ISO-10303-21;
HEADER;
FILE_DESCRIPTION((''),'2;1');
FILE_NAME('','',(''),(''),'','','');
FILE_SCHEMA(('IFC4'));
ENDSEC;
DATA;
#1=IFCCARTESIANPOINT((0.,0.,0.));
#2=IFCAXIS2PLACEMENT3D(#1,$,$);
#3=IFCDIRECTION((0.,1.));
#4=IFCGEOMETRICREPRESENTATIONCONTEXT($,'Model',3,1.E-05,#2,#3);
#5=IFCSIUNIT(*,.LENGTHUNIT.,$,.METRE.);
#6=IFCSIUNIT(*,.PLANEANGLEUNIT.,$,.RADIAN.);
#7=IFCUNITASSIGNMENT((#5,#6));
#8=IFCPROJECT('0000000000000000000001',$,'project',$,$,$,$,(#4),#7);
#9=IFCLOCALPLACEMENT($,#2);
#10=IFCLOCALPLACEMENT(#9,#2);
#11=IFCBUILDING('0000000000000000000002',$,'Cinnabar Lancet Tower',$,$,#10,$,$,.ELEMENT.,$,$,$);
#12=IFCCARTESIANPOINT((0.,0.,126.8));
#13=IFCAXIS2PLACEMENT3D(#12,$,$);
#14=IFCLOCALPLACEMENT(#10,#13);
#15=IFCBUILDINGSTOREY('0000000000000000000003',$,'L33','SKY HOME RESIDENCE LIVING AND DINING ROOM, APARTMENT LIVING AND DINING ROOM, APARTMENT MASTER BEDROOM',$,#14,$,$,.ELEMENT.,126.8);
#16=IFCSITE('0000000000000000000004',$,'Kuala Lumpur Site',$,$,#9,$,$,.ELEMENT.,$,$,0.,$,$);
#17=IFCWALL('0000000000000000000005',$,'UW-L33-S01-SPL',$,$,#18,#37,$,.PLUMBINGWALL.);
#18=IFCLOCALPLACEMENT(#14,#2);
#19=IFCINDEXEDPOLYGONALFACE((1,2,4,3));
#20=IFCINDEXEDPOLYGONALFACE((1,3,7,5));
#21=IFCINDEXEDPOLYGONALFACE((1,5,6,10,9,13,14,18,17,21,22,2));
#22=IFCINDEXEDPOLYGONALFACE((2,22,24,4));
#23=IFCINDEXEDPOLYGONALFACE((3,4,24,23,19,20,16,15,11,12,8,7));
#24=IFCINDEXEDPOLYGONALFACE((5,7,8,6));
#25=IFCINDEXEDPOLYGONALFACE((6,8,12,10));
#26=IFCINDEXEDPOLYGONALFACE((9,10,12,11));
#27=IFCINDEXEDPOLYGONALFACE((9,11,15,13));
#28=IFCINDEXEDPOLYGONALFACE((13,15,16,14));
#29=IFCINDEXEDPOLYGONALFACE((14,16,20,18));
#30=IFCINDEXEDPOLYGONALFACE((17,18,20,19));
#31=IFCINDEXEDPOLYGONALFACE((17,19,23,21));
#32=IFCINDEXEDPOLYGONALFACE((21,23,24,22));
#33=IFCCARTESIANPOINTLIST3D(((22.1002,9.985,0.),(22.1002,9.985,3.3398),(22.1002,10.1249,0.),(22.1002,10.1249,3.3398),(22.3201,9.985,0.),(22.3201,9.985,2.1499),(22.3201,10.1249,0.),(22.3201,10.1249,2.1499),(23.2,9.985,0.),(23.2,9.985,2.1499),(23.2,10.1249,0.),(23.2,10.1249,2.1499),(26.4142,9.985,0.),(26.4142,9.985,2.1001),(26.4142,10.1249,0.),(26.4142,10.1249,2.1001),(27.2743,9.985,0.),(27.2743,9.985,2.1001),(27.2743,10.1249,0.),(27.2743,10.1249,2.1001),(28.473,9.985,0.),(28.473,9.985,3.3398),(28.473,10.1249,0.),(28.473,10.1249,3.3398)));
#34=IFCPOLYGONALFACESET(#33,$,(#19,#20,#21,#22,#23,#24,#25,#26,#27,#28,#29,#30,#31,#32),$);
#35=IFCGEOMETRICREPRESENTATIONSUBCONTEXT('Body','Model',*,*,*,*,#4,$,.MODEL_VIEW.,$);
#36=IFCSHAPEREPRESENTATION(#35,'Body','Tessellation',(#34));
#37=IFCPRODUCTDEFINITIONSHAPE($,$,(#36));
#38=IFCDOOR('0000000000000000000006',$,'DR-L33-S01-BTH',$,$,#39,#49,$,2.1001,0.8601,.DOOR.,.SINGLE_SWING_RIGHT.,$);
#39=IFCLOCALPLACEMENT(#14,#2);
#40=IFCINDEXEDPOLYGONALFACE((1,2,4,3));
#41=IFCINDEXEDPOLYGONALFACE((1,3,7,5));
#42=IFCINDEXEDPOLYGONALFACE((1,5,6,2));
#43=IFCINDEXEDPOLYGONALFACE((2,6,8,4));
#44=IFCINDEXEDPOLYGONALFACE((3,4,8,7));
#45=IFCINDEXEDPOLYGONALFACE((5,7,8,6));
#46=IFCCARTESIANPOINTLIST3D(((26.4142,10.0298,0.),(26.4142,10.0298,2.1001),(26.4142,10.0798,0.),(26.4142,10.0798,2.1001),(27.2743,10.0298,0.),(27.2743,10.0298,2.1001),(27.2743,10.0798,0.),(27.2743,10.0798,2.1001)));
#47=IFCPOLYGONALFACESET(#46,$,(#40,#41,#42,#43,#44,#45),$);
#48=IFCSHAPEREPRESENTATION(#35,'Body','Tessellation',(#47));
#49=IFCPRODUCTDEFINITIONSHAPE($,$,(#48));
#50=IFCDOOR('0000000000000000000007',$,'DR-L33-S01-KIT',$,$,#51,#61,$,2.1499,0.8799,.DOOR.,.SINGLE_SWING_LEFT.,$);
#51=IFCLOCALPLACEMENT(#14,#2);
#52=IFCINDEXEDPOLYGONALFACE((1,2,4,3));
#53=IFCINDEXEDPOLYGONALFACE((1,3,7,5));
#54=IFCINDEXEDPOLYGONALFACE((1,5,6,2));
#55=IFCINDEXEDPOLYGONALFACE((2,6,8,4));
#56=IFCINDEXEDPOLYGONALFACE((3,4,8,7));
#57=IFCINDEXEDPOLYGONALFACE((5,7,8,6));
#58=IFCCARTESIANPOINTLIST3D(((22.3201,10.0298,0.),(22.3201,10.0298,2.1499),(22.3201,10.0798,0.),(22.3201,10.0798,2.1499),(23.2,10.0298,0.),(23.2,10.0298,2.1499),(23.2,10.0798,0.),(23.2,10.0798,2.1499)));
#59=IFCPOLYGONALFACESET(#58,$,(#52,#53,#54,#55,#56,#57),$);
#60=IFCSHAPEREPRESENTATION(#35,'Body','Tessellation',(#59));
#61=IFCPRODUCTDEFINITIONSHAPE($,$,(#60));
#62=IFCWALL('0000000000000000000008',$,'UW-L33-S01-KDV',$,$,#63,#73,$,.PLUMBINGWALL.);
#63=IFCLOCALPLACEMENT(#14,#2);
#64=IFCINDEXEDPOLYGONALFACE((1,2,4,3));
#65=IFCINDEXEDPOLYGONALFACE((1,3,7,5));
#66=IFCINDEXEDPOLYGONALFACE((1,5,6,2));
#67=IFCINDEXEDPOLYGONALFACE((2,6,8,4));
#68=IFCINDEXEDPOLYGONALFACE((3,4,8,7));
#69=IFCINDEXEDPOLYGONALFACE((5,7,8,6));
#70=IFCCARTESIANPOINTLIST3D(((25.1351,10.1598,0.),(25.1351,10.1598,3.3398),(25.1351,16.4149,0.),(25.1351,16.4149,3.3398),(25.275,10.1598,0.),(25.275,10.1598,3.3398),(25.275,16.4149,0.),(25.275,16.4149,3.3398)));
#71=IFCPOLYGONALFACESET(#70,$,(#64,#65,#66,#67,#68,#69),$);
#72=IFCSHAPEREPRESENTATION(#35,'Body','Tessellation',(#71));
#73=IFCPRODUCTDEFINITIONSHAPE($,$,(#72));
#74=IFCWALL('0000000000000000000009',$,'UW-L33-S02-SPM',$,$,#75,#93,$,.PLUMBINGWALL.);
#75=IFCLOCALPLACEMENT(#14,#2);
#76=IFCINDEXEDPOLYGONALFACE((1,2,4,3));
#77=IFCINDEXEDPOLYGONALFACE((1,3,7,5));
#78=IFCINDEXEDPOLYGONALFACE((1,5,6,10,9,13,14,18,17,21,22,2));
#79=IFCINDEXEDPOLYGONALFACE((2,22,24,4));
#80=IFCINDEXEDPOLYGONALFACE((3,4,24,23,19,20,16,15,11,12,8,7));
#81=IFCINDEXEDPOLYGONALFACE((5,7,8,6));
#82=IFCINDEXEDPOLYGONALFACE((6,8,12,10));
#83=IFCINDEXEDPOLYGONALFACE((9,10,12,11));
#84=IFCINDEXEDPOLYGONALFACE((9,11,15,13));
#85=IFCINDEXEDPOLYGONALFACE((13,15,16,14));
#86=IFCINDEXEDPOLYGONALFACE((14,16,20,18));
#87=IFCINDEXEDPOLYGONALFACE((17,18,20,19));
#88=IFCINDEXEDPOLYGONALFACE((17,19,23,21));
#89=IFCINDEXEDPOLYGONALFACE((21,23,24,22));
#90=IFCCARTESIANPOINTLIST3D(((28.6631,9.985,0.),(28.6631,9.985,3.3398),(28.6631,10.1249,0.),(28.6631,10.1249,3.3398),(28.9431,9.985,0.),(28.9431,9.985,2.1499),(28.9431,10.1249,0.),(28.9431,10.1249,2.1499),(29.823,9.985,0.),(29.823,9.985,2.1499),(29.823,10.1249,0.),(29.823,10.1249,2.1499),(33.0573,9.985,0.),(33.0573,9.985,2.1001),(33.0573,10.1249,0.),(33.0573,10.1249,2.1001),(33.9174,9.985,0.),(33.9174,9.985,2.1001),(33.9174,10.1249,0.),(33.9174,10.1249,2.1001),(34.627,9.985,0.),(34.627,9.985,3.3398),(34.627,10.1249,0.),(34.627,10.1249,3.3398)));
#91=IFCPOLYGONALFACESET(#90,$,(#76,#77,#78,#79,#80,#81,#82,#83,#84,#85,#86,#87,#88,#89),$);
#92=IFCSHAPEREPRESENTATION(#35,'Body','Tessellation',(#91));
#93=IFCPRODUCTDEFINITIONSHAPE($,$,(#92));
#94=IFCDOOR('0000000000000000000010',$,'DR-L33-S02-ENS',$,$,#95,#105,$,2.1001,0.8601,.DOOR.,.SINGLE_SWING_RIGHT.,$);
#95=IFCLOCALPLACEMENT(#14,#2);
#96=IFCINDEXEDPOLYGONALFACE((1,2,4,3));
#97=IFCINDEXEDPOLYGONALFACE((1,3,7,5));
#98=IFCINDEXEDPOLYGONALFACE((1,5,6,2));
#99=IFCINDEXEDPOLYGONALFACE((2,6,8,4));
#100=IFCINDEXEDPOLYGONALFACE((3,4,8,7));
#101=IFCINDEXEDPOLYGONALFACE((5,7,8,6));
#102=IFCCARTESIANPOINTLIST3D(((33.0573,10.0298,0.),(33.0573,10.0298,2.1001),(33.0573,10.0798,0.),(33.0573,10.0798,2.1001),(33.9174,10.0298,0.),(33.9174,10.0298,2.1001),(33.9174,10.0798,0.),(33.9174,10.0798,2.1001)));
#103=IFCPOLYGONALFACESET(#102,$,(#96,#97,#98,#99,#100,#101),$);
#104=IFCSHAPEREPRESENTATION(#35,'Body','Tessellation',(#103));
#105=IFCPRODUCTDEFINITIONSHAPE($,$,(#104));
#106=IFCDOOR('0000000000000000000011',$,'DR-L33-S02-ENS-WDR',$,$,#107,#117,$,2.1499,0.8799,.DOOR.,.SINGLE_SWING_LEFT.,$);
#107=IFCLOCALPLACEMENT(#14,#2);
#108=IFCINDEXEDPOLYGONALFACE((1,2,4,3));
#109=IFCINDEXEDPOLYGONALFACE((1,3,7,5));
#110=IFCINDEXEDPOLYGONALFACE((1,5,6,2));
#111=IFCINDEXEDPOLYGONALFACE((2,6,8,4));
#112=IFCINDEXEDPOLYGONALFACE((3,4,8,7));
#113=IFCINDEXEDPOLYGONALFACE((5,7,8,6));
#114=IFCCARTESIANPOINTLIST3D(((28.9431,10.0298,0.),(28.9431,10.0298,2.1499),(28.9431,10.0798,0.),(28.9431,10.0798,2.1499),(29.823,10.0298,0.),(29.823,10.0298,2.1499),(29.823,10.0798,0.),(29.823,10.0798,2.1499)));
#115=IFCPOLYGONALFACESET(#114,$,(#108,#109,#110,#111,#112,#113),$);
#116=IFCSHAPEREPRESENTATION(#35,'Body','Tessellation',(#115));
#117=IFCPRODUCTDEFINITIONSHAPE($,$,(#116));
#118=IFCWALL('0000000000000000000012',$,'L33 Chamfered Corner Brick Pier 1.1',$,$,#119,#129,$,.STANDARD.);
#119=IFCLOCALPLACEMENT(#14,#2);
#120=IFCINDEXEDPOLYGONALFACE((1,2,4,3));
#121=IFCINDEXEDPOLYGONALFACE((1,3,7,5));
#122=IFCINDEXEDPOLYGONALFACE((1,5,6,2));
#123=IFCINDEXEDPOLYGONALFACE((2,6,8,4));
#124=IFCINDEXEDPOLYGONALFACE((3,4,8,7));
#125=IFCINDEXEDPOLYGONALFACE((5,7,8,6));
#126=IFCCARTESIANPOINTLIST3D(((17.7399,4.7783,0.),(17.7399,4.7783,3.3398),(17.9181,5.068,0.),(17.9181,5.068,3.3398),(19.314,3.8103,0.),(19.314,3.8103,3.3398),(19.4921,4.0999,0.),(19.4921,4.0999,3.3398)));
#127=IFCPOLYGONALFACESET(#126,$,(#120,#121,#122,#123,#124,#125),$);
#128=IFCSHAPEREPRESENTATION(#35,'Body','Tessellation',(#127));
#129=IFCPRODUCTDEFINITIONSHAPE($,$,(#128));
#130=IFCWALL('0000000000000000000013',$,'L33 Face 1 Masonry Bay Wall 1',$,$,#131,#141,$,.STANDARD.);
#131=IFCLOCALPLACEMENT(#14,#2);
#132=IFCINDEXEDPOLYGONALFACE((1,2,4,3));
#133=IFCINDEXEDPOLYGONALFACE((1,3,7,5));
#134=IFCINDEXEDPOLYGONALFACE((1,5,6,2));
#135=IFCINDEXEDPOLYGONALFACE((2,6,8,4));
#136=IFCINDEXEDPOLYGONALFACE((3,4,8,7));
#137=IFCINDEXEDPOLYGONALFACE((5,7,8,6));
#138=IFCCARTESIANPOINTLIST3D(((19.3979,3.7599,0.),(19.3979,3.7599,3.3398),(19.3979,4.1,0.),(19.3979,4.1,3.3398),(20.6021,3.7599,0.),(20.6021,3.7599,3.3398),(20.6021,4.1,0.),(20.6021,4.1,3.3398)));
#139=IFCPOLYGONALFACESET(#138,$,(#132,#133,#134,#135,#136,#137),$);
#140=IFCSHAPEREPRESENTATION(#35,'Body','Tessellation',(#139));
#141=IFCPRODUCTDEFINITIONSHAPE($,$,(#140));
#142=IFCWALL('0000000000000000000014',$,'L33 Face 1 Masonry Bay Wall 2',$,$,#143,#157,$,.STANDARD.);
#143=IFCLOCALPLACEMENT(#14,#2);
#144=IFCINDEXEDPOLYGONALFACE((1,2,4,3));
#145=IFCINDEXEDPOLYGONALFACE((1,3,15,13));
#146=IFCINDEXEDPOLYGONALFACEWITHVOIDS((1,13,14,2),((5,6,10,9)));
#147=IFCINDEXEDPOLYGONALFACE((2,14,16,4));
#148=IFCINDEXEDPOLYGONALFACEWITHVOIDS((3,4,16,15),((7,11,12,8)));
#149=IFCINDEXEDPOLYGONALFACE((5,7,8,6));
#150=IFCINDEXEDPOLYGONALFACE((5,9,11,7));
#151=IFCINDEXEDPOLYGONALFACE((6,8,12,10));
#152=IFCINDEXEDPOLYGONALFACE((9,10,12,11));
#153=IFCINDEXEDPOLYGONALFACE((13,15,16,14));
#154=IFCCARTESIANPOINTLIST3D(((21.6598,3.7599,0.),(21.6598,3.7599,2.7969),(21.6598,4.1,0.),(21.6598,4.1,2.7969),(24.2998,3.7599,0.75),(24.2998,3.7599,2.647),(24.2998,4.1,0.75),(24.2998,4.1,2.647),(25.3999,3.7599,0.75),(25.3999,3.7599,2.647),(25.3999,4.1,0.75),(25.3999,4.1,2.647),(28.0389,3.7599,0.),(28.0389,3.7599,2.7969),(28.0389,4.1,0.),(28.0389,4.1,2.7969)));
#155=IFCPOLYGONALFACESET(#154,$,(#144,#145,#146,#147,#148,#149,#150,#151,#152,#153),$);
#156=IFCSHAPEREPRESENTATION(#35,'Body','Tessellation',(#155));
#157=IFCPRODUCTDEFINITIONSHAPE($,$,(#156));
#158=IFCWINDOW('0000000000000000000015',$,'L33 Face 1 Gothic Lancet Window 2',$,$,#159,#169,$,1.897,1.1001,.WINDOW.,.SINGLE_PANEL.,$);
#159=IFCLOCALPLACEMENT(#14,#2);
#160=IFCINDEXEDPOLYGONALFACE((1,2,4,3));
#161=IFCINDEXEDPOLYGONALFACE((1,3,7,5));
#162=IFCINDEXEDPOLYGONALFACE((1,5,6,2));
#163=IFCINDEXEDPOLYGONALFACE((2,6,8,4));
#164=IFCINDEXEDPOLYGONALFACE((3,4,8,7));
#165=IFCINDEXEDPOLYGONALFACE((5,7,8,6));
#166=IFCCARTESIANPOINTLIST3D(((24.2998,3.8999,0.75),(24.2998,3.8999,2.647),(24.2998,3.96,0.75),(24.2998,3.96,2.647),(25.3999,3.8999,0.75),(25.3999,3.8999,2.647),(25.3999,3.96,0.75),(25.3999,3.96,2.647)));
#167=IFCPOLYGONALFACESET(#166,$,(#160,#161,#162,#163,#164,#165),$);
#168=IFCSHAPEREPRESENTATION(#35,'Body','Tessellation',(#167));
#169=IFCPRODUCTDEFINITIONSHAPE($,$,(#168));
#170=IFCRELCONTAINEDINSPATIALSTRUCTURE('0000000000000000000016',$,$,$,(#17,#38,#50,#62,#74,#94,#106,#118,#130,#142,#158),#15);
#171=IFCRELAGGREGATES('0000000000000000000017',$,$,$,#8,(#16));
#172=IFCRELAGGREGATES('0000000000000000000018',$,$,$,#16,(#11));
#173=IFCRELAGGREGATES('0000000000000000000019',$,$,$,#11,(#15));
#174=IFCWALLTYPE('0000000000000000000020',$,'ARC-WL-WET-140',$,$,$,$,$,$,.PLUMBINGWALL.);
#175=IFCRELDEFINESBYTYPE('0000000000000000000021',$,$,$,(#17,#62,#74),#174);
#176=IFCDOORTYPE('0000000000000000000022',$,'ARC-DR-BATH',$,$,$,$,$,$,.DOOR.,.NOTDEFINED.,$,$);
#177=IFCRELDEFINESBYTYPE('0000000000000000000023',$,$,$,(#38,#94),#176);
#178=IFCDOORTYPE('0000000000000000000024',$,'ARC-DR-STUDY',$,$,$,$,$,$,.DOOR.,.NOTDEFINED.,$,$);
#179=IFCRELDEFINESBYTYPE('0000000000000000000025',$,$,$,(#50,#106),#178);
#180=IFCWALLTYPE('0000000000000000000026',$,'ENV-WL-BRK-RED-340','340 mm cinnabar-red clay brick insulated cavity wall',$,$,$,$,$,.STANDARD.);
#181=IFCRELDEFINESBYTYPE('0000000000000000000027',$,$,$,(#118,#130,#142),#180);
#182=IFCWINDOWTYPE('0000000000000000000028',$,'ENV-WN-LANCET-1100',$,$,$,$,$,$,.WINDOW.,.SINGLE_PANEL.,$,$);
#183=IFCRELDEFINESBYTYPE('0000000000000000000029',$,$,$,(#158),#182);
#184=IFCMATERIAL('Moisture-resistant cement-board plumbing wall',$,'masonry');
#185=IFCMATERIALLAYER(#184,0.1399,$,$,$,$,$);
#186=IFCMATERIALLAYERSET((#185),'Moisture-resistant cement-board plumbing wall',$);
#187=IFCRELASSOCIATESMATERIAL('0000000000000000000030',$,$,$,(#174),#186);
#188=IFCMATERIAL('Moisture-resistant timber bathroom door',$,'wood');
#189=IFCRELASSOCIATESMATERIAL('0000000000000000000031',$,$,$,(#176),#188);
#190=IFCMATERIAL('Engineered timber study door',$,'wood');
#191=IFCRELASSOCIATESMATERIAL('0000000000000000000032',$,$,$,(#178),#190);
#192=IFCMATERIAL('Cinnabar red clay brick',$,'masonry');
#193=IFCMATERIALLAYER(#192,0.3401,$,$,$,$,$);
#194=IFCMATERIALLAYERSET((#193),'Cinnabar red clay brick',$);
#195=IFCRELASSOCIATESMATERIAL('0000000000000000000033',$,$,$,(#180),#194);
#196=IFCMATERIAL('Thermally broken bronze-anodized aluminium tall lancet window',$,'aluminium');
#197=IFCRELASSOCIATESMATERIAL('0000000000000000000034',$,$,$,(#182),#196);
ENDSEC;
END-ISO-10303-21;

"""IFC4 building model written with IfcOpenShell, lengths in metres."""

from ifc_helpers import new_model, si_unit, direction, frame, frame_2d, origin, place, context, subcontext, project, spatial, rectangle, extrude, material, layer, layer_set, type_object, element, fill, save


model = new_model("IFC4")

# Units and contexts
model_context = context("Model", 3, precision=1e-05, world=origin(), true_north=direction((0.0, 1.0)))
body_context = subcontext(model_context, "Body", "Model", "MODEL_VIEW")
ifc_project = project(units=[si_unit("LENGTHUNIT", "METRE"), si_unit("PLANEANGLEUNIT", "RADIAN")], contexts=[model_context])

# Site, building, storey
site_placement = place(None, origin())
site = spatial("IfcSite", under=ifc_project, at=site_placement, Name="Kuala Lumpur Site", CompositionType="ELEMENT", RefElevation=0.0)
building_placement = place(site_placement, origin())
building = spatial("IfcBuilding", under=site, at=building_placement, Name="Cinnabar Lancet Tower", CompositionType="ELEMENT")
storey_placement = place(building_placement, frame((0.0, 0.0, 126.8)))
storey = spatial("IfcBuildingStorey", under=building, at=storey_placement, Name="L33", Description="SKY HOME RESIDENCE LIVING AND DINING ROOM, APARTMENT LIVING AND DINING ROOM, APARTMENT MASTER BEDROOM", CompositionType="ELEMENT", Elevation=126.8)

# Wall, openings, doors
ifc_material_1 = material(Name="Moisture-resistant cement-board plumbing wall", Category="masonry")
ifc_layer_1 = layer(ifc_material_1, 0.1399)
ifc_layer_set_1 = layer_set([ifc_layer_1], Name="Moisture-resistant cement-board plumbing wall")
wall_type_1 = type_object("IfcWallType", Name="ARC-WL-WET-140", PredefinedType="PLUMBINGWALL", material=ifc_layer_set_1)
wall_1_placement = place(storey_placement, frame((22.1001, 10.0549, 0.0), z_axis=(0.0, 0.0, 1.0), x_axis=(1.0, 0.0, 0.0)))
wall_1 = element("IfcWall", 1, at=wall_1_placement, inside=storey, type_object=wall_type_1, Name="UW-L33-S01-SPL", PredefinedType="PLUMBINGWALL", context=body_context, shape_type="SweptSolid", body=[
    extrude(rectangle(XDim=6.3728, YDim=0.1399, at=frame_2d((3.1865, 0.0))), origin(), (0.0, 0.0, 1.0), 3.3398),
])
opening_1_placement = place(wall_1_placement, frame((4.314, 0.0, 0.0)))
opening_1 = element("IfcOpeningElement", 2, at=opening_1_placement, cuts=wall_1, PredefinedType="OPENING", context=body_context, shape_type="SweptSolid", body=[
    extrude(rectangle(XDim=0.8601, YDim=2.1001, at=frame_2d((0.4302, 1.05))), frame((0.0, 0.0798, 0.0), z_axis=(0.0, -1.0, 0.0), x_axis=(1.0, 0.0, 0.0)), (0.0, 0.0, 1.0), 0.1599),
])
opening_2_placement = place(wall_1_placement, frame((0.22, 0.0, 0.0)))
opening_2 = element("IfcOpeningElement", 3, at=opening_2_placement, cuts=wall_1, PredefinedType="OPENING", context=body_context, shape_type="SweptSolid", body=[
    extrude(rectangle(XDim=0.8799, YDim=2.1499, at=frame_2d((0.4399, 1.075))), frame((0.0, 0.0798, 0.0), z_axis=(0.0, -1.0, 0.0), x_axis=(1.0, 0.0, 0.0)), (0.0, 0.0, 1.0), 0.1599),
])
ifc_material_2 = material(Name="Moisture-resistant timber bathroom door", Category="wood")
door_type_1 = type_object("IfcDoorType", Name="ARC-DR-BATH", OperationType="NOTDEFINED", PredefinedType="DOOR", material=ifc_material_2)
door_1_placement = place(opening_1_placement, origin())
door_1 = element("IfcDoor", 4, at=door_1_placement, inside=storey, type_object=door_type_1, Name="DR-L33-S01-BTH", OperationType="SINGLE_SWING_RIGHT", OverallHeight=2.1001, OverallWidth=0.8601, PredefinedType="DOOR", context=body_context, shape_type="SweptSolid", body=[
    extrude(rectangle(XDim=0.8601, YDim=2.1001, at=frame_2d((0.4302, 1.05))), frame((0.0, 0.0249, 0.0), z_axis=(0.0, -1.0, 0.0), x_axis=(1.0, 0.0, 0.0)), (0.0, 0.0, 1.0), 0.05),
])
fill(opening_1, door_1)
ifc_material_3 = material(Name="Engineered timber study door", Category="wood")
door_type_2 = type_object("IfcDoorType", Name="ARC-DR-STUDY", OperationType="NOTDEFINED", PredefinedType="DOOR", material=ifc_material_3)
door_2_placement = place(opening_2_placement, origin())
door_2 = element("IfcDoor", 5, at=door_2_placement, inside=storey, type_object=door_type_2, Name="DR-L33-S01-KIT", OperationType="SINGLE_SWING_LEFT", OverallHeight=2.1499, OverallWidth=0.8799, PredefinedType="DOOR", context=body_context, shape_type="SweptSolid", body=[
    extrude(rectangle(XDim=0.8799, YDim=2.1499, at=frame_2d((0.4399, 1.075))), frame((0.0, 0.0249, 0.0), z_axis=(0.0, -1.0, 0.0), x_axis=(1.0, 0.0, 0.0)), (0.0, 0.0, 1.0), 0.05),
])
fill(opening_2, door_2)

# Wall
wall_2_placement = place(storey_placement, frame((25.2051, 10.1599, 0.0), z_axis=(0.0, 0.0, 1.0), x_axis=(0.0, 1.0, 0.0)))
element("IfcWall", 6, at=wall_2_placement, inside=storey, type_object=wall_type_1, Name="UW-L33-S01-KDV", PredefinedType="PLUMBINGWALL", context=body_context, shape_type="SweptSolid", body=[
    extrude(rectangle(XDim=6.2551, YDim=0.1399, at=frame_2d((3.1274, 0.0))), origin(), (0.0, 0.0, 1.0), 3.3398),
])

# Wall, openings, doors
wall_3_placement = place(storey_placement, frame((28.6631, 10.0549, 0.0), z_axis=(0.0, 0.0, 1.0), x_axis=(1.0, 0.0, 0.0)))
wall_3 = element("IfcWall", 7, at=wall_3_placement, inside=storey, type_object=wall_type_1, Name="UW-L33-S02-SPM", PredefinedType="PLUMBINGWALL", context=body_context, shape_type="SweptSolid", body=[
    extrude(rectangle(XDim=5.9639, YDim=0.1399, at=frame_2d((2.9819, 0.0))), origin(), (0.0, 0.0, 1.0), 3.3398),
])
opening_3_placement = place(wall_3_placement, frame((0.28, 0.0, 0.0)))
opening_3 = element("IfcOpeningElement", 8, at=opening_3_placement, cuts=wall_3, PredefinedType="OPENING", context=body_context, shape_type="SweptSolid", body=[
    extrude(rectangle(XDim=0.8799, YDim=2.1499, at=frame_2d((0.4399, 1.075))), frame((0.0, 0.0798, 0.0), z_axis=(0.0, -1.0, 0.0), x_axis=(1.0, 0.0, 0.0)), (0.0, 0.0, 1.0), 0.1599),
])
opening_4_placement = place(wall_3_placement, frame((4.394, 0.0, 0.0)))
opening_4 = element("IfcOpeningElement", 9, at=opening_4_placement, cuts=wall_3, PredefinedType="OPENING", context=body_context, shape_type="SweptSolid", body=[
    extrude(rectangle(XDim=0.8601, YDim=2.1001, at=frame_2d((0.4302, 1.05))), frame((0.0, 0.0798, 0.0), z_axis=(0.0, -1.0, 0.0), x_axis=(1.0, 0.0, 0.0)), (0.0, 0.0, 1.0), 0.1599),
])
door_3_placement = place(opening_4_placement, origin())
door_3 = element("IfcDoor", 10, at=door_3_placement, inside=storey, type_object=door_type_1, Name="DR-L33-S02-ENS", OperationType="SINGLE_SWING_RIGHT", OverallHeight=2.1001, OverallWidth=0.8601, PredefinedType="DOOR", context=body_context, shape_type="SweptSolid", body=[
    extrude(rectangle(XDim=0.8601, YDim=2.1001, at=frame_2d((0.4302, 1.05))), frame((0.0, 0.0249, 0.0), z_axis=(0.0, -1.0, 0.0), x_axis=(1.0, 0.0, 0.0)), (0.0, 0.0, 1.0), 0.05),
])
fill(opening_4, door_3)
door_4_placement = place(opening_3_placement, origin())
door_4 = element("IfcDoor", 11, at=door_4_placement, inside=storey, type_object=door_type_2, Name="DR-L33-S02-ENS-WDR", OperationType="SINGLE_SWING_LEFT", OverallHeight=2.1499, OverallWidth=0.8799, PredefinedType="DOOR", context=body_context, shape_type="SweptSolid", body=[
    extrude(rectangle(XDim=0.8799, YDim=2.1499, at=frame_2d((0.4399, 1.075))), frame((0.0, 0.0249, 0.0), z_axis=(0.0, -1.0, 0.0), x_axis=(1.0, 0.0, 0.0)), (0.0, 0.0, 1.0), 0.05),
])
fill(opening_3, door_4)

# Walls
ifc_material_4 = material(Name="Cinnabar red clay brick", Category="masonry")
ifc_layer_2 = layer(ifc_material_4, 0.3401)
ifc_layer_set_2 = layer_set([ifc_layer_2], Name="Cinnabar red clay brick")
wall_type_2 = type_object("IfcWallType", Name="ENV-WL-BRK-RED-340", Description="340 mm cinnabar-red clay brick insulated cavity wall", PredefinedType="STANDARD", material=ifc_layer_set_2)
wall_4_placement = place(storey_placement, frame((17.8291, 4.9231, 0.0), z_axis=(0.0, 0.0, 1.0), x_axis=(0.851799, -0.523869, 0.0)))
element("IfcWall", 12, at=wall_4_placement, inside=storey, type_object=wall_type_2, Name="L33 Chamfered Corner Brick Pier 1.1", PredefinedType="STANDARD", context=body_context, shape_type="SweptSolid", body=[
    extrude(rectangle(XDim=1.8479, YDim=0.3401, at=frame_2d((0.9238, 0.0))), origin(), (0.0, 0.0, 1.0), 3.3398),
])
wall_5_placement = place(storey_placement, frame((19.3979, 3.9299, 0.0), z_axis=(0.0, 0.0, 1.0), x_axis=(1.0, 0.0, 0.0)))
element("IfcWall", 13, at=wall_5_placement, inside=storey, type_object=wall_type_2, Name="L33 Face 1 Masonry Bay Wall 1", PredefinedType="STANDARD", context=body_context, shape_type="SweptSolid", body=[
    extrude(rectangle(XDim=1.2041, YDim=0.3401, at=frame_2d((0.6021, 0.0))), origin(), (0.0, 0.0, 1.0), 3.3398),
])

# Wall, opening, window
wall_6_placement = place(storey_placement, frame((21.6599, 3.9299, 0.0), z_axis=(0.0, 0.0, 1.0), x_axis=(1.0, 0.0, 0.0)))
wall_6 = element("IfcWall", 14, at=wall_6_placement, inside=storey, type_object=wall_type_2, Name="L33 Face 1 Masonry Bay Wall 2", PredefinedType="STANDARD", context=body_context, shape_type="SweptSolid", body=[
    extrude(rectangle(XDim=6.3792, YDim=0.3401, at=frame_2d((3.1895, 0.0))), origin(), (0.0, 0.0, 1.0), 2.7969),
])
opening_5_placement = place(wall_6_placement, frame((2.6399, 0.0, 0.75)))
opening_5 = element("IfcOpeningElement", 15, at=opening_5_placement, cuts=wall_6, PredefinedType="OPENING", context=body_context, shape_type="SweptSolid", body=[
    extrude(rectangle(XDim=1.1001, YDim=1.897, at=frame_2d((0.55, 0.9485))), frame((0.0, 0.1799, 0.0), z_axis=(0.0, -1.0, 0.0), x_axis=(1.0, 0.0, 0.0)), (0.0, 0.0, 1.0), 0.3601),
])
ifc_material_5 = material(Name="Thermally broken bronze-anodized aluminium tall lancet window", Category="aluminium")
window_type = type_object("IfcWindowType", Name="ENV-WN-LANCET-1100", PartitioningType="SINGLE_PANEL", PredefinedType="WINDOW", material=ifc_material_5)
window_1_placement = place(opening_5_placement, origin())
window_1 = element("IfcWindow", 16, at=window_1_placement, inside=storey, type_object=window_type, Name="L33 Face 1 Gothic Lancet Window 2", OverallHeight=1.897, OverallWidth=1.1001, PartitioningType="SINGLE_PANEL", PredefinedType="WINDOW", context=body_context, shape_type="SweptSolid", body=[
    extrude(rectangle(XDim=1.1001, YDim=1.897, at=frame_2d((0.55, 0.9485))), frame((0.0, 0.03, 0.0), z_axis=(0.0, -1.0, 0.0), x_axis=(1.0, 0.0, 0.0)), (0.0, 0.0, 1.0), 0.0601),
])
fill(opening_5, window_1)

save(model, "model.ifc")
